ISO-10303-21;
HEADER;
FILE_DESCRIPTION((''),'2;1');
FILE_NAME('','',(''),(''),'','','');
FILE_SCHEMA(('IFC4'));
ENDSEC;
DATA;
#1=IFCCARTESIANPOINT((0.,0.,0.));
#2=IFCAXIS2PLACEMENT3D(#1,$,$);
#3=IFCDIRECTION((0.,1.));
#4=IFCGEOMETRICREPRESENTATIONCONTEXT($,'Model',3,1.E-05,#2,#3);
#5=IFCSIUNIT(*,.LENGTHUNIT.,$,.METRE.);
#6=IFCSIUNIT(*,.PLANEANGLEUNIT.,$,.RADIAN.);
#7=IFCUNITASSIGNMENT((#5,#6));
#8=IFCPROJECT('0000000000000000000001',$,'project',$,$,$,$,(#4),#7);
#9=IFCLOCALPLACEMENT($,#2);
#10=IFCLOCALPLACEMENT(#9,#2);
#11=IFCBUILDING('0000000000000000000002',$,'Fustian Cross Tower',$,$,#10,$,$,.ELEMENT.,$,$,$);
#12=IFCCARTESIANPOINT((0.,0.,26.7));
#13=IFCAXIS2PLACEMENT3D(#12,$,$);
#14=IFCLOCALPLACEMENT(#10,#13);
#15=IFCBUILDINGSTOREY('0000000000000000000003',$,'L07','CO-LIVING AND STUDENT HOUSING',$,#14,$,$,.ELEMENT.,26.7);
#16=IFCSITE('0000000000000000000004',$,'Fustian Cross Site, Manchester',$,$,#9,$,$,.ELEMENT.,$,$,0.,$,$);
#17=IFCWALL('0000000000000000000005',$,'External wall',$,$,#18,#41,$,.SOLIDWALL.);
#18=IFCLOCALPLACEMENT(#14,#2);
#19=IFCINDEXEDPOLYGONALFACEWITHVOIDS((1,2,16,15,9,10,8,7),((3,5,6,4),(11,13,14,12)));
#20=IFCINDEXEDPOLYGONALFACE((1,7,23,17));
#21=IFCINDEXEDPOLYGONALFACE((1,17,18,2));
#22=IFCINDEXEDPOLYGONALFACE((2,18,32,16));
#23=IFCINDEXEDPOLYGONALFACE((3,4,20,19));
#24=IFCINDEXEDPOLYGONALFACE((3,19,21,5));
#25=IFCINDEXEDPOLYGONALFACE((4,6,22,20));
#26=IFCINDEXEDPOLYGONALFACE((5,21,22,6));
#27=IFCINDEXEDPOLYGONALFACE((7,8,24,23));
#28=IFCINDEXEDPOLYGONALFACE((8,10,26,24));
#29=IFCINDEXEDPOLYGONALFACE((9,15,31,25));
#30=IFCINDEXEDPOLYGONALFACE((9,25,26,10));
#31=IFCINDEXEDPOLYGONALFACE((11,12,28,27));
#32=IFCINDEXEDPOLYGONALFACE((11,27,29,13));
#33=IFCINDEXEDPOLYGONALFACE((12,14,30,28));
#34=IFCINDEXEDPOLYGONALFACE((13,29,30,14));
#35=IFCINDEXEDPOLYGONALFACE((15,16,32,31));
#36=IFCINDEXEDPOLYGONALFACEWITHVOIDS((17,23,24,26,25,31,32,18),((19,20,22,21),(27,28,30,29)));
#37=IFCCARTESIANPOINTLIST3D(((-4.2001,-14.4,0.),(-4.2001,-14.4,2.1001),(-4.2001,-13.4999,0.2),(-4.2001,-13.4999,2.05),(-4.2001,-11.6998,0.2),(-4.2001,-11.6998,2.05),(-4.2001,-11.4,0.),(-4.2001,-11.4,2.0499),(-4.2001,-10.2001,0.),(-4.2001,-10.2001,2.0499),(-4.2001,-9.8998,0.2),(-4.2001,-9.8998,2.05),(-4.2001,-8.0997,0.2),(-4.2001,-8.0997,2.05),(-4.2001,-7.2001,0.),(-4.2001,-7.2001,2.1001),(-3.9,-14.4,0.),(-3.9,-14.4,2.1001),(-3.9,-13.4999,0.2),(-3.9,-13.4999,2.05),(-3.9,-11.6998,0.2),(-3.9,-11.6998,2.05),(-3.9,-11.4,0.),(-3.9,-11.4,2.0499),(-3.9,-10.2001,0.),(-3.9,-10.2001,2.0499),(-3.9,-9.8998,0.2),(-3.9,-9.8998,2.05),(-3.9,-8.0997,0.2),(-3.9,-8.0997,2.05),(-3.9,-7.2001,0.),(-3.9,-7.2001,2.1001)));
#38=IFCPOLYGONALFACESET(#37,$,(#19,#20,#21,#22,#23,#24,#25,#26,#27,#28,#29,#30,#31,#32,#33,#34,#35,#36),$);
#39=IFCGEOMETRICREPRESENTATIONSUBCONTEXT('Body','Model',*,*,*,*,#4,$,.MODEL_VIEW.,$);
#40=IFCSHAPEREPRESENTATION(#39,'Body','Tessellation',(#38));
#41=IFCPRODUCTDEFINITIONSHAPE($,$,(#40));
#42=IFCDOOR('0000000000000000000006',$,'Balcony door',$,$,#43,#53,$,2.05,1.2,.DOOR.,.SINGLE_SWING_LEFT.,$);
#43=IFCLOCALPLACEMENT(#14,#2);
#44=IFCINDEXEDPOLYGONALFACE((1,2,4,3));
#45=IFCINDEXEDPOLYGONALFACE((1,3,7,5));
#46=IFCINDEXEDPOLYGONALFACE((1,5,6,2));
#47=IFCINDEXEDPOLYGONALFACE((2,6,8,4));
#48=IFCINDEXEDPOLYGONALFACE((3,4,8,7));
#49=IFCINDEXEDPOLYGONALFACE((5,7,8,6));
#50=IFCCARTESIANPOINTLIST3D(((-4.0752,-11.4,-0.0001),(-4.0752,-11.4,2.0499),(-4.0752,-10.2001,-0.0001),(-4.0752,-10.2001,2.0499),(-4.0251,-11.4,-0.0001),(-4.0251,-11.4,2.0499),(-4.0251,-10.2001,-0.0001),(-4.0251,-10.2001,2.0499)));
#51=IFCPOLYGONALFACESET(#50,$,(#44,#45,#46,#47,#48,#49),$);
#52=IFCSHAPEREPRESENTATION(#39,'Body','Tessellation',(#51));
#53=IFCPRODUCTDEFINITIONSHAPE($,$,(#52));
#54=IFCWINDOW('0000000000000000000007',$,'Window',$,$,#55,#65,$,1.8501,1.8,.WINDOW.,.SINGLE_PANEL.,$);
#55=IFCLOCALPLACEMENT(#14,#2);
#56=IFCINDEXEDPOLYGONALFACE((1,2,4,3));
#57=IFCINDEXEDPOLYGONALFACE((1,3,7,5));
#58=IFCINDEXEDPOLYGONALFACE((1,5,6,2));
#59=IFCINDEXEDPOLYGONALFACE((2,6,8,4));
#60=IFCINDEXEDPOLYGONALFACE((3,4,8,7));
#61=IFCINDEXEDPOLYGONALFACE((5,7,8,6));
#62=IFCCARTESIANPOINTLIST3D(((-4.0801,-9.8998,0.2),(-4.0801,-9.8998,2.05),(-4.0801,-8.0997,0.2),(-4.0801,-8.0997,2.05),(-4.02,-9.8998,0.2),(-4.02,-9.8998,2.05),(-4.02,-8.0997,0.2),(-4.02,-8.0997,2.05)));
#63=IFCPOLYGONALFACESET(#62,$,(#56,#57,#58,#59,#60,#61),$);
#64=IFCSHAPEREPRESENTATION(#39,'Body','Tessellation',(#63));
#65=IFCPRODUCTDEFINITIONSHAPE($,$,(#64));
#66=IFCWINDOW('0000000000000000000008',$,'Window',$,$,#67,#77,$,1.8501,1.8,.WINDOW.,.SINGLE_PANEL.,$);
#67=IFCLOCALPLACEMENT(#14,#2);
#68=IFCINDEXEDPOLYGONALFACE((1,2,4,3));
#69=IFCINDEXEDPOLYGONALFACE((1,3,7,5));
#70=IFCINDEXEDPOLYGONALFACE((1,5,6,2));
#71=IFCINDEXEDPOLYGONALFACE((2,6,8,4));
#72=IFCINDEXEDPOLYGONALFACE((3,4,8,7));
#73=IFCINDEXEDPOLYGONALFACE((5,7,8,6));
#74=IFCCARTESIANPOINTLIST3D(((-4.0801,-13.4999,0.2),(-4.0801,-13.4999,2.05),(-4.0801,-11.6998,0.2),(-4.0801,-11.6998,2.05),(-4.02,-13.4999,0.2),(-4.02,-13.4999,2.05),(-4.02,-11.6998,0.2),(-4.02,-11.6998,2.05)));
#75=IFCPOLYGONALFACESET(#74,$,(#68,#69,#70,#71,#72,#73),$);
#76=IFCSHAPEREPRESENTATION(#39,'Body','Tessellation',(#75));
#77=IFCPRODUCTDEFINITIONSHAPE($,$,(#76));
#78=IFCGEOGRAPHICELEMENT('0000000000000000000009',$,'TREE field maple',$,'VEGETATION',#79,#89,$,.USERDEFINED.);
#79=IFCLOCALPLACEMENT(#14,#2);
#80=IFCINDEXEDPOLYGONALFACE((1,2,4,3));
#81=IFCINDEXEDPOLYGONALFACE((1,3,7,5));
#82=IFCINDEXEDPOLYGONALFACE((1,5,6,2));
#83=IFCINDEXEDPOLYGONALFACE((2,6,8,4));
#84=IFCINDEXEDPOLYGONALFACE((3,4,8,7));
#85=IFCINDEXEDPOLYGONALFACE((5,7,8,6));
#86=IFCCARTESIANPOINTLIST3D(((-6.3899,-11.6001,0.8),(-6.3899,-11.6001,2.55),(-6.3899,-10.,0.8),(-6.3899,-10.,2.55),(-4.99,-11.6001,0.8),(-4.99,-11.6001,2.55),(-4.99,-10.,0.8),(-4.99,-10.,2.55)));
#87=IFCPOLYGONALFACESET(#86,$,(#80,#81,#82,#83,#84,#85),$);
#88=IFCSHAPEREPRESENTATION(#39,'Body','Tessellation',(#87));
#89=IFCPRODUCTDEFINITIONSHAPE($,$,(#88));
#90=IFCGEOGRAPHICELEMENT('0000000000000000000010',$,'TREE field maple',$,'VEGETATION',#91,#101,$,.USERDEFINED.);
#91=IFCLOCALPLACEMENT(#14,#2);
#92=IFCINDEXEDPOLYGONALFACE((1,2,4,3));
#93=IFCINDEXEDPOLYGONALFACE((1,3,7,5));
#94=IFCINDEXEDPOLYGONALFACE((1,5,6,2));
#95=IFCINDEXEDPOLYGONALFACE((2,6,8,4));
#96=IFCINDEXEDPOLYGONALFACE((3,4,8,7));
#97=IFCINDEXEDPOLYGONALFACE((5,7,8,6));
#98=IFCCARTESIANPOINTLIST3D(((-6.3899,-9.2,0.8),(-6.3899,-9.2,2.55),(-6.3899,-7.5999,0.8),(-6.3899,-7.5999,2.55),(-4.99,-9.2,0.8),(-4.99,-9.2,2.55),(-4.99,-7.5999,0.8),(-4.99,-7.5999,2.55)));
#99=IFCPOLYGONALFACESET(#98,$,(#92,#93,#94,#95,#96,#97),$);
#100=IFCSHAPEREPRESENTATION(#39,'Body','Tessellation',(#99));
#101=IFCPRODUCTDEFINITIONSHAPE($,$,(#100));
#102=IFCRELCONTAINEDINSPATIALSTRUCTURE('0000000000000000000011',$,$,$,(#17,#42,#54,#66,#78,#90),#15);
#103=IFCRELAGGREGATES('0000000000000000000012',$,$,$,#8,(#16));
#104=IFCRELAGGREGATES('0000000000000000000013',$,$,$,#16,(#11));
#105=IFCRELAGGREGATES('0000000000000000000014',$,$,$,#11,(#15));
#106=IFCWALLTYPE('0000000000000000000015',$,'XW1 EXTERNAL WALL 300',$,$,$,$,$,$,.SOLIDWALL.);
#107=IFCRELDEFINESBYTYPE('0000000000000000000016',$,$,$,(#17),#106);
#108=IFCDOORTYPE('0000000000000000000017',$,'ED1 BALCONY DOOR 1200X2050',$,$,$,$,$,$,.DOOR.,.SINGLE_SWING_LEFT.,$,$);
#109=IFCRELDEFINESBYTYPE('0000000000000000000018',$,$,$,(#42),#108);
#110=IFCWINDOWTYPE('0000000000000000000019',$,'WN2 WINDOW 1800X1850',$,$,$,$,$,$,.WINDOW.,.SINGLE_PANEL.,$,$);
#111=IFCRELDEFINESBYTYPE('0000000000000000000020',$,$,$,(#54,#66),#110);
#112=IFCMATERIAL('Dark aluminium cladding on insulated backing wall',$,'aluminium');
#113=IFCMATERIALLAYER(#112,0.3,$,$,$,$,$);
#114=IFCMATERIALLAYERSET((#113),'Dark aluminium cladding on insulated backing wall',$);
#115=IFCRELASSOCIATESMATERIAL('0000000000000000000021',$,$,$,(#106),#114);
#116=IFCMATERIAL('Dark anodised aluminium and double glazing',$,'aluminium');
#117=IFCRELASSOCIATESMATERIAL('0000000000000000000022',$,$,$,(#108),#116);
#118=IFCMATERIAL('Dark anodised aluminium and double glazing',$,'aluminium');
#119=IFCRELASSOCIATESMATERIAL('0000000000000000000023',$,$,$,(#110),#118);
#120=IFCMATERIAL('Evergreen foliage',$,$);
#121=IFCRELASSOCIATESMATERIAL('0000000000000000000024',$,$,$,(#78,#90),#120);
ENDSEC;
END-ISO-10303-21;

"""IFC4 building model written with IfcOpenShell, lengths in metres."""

from ifc_helpers import new_model, si_unit, direction, frame, frame_2d, origin, origin_2d, place, context, subcontext, project, spatial, rectangle, extrude, material, layer, layer_set, type_object, element, fill, save


model = new_model("IFC4")

# Units and contexts
model_context = context("Model", 3, precision=1e-05, world=origin(), true_north=direction((0.0, 1.0)))
body_context = subcontext(model_context, "Body", "Model", "MODEL_VIEW")
ifc_project = project(units=[si_unit("LENGTHUNIT", "METRE"), si_unit("PLANEANGLEUNIT", "RADIAN")], contexts=[model_context])

# Site, building, storey
site_placement = place(None, origin())
site = spatial("IfcSite", under=ifc_project, at=site_placement, Name="Fustian Cross Site, Manchester", CompositionType="ELEMENT", RefElevation=0.0)
building_placement = place(site_placement, origin())
building = spatial("IfcBuilding", under=site, at=building_placement, Name="Fustian Cross Tower", CompositionType="ELEMENT")
storey_placement = place(building_placement, frame((0.0, 0.0, 26.7)))
storey = spatial("IfcBuildingStorey", under=building, at=storey_placement, Name="L07", Description="CO-LIVING AND STUDENT HOUSING", CompositionType="ELEMENT", Elevation=26.7)

# Shared definitions
ifc_material_1 = material(Name="Dark aluminium cladding on insulated backing wall", Category="aluminium")
ifc_layer_1 = layer(ifc_material_1, 0.3)
ifc_layer_set_1 = layer_set([ifc_layer_1], Name="Dark aluminium cladding on insulated backing wall")
wall_type_1 = type_object("IfcWallType", Name="XW1 EXTERNAL WALL 300", PredefinedType="SOLIDWALL", material=ifc_layer_set_1)

# Wall, openings, door, windows
wall_1_placement = place(storey_placement, frame((-4.05, -7.2, 0.0), z_axis=(0.0, 0.0, 1.0), x_axis=(0.0, -1.0, 0.0)))
wall_1 = element("IfcWall", 1, at=wall_1_placement, inside=storey, type_object=wall_type_1, Name="External wall", PredefinedType="SOLIDWALL", context=body_context, shape_type="SweptSolid", body=[
    extrude(rectangle(XDim=7.2, YDim=0.3, at=frame_2d((3.6001, 0.0))), origin(), (0.0, 0.0, 1.0), 2.1001),
])
opening_1_placement = place(wall_1_placement, frame((3.0, 0.0, 0.0)))
opening_1 = element("IfcOpeningElement", 2, at=opening_1_placement, cuts=wall_1, PredefinedType="OPENING", context=body_context, shape_type="SweptSolid", body=[
    extrude(rectangle(XDim=1.2, YDim=2.05, at=frame_2d((0.6001, 1.0249))), frame((0.0, 0.1599, 0.0), z_axis=(0.0, -1.0, 0.0), x_axis=(1.0, 0.0, 0.0)), (0.0, 0.0, 1.0), 0.3201),
])
opening_2_placement = place(wall_1_placement, frame((0.8999, 0.0, 0.2)))
opening_2 = element("IfcOpeningElement", 3, at=opening_2_placement, cuts=wall_1, PredefinedType="OPENING", context=body_context, shape_type="SweptSolid", body=[
    extrude(rectangle(XDim=1.8, YDim=1.8501, at=frame_2d((0.8999, 0.925))), frame((0.0, 0.1599, 0.0), z_axis=(0.0, -1.0, 0.0), x_axis=(1.0, 0.0, 0.0)), (0.0, 0.0, 1.0), 0.3201),
])
opening_3_placement = place(wall_1_placement, frame((4.5, 0.0, 0.2)))
opening_3 = element("IfcOpeningElement", 4, at=opening_3_placement, cuts=wall_1, PredefinedType="OPENING", context=body_context, shape_type="SweptSolid", body=[
    extrude(rectangle(XDim=1.8, YDim=1.8501, at=frame_2d((0.8999, 0.925))), frame((0.0, 0.1599, 0.0), z_axis=(0.0, -1.0, 0.0), x_axis=(1.0, 0.0, 0.0)), (0.0, 0.0, 1.0), 0.3201),
])
ifc_material_2 = material(Name="Dark anodised aluminium and double glazing", Category="aluminium")
door_type_1 = type_object("IfcDoorType", Name="ED1 BALCONY DOOR 1200X2050", OperationType="SINGLE_SWING_LEFT", PredefinedType="DOOR", material=ifc_material_2)
door_1_placement = place(opening_1_placement, origin())
door_1 = element("IfcDoor", 5, at=door_1_placement, inside=storey, type_object=door_type_1, Name="Balcony door", OperationType="SINGLE_SWING_LEFT", OverallHeight=2.05, OverallWidth=1.2, PredefinedType="DOOR", context=body_context, shape_type="SweptSolid", body=[
    extrude(rectangle(XDim=1.2, YDim=2.05, at=frame_2d((0.6001, 1.0249))), frame((0.0, 0.0249, 0.0), z_axis=(0.0, -1.0, 0.0), x_axis=(1.0, 0.0, 0.0)), (0.0, 0.0, 1.0), 0.05),
])
fill(opening_1, door_1)
ifc_material_3 = material(Name="Dark anodised aluminium and double glazing", Category="aluminium")
window_type = type_object("IfcWindowType", Name="WN2 WINDOW 1800X1850", PartitioningType="SINGLE_PANEL", PredefinedType="WINDOW", material=ifc_material_3)
window_1_placement = place(opening_2_placement, origin())
window_1 = element("IfcWindow", 6, at=window_1_placement, inside=storey, type_object=window_type, Name="Window", OverallHeight=1.8501, OverallWidth=1.8, PartitioningType="SINGLE_PANEL", PredefinedType="WINDOW", context=body_context, shape_type="SweptSolid", body=[
    extrude(rectangle(XDim=1.8, YDim=1.8501, at=frame_2d((0.8999, 0.925))), frame((0.0, 0.03, 0.0), z_axis=(0.0, -1.0, 0.0), x_axis=(1.0, 0.0, 0.0)), (0.0, 0.0, 1.0), 0.0601),
])
fill(opening_2, window_1)
window_2_placement = place(opening_3_placement, origin())
window_2 = element("IfcWindow", 7, at=window_2_placement, inside=storey, type_object=window_type, Name="Window", OverallHeight=1.8501, OverallWidth=1.8, PartitioningType="SINGLE_PANEL", PredefinedType="WINDOW", context=body_context, shape_type="SweptSolid", body=[
    extrude(rectangle(XDim=1.8, YDim=1.8501, at=frame_2d((0.8999, 0.925))), frame((0.0, 0.03, 0.0), z_axis=(0.0, -1.0, 0.0), x_axis=(1.0, 0.0, 0.0)), (0.0, 0.0, 1.0), 0.0601),
])
fill(opening_3, window_2)

# Geographic elements
ifc_material_4 = material(Name="Evergreen foliage")
for number, where, z_axis, x_axis, name in (
    (8, (-5.6899, -10.8, 0.8), (0.0, 0.0, 1.0), (1.0, 0.0, 0.0), "TREE field maple"),
    (9, (-5.6899, -8.3999, 0.8), (0.0, 0.0, 1.0), (1.0, 0.0, 0.0), "TREE field maple"),
):
    element("IfcGeographicElement", number, at=place(storey_placement, frame(where, z_axis=z_axis, x_axis=x_axis)), inside=storey, material=ifc_material_4, Name=name, ObjectType="VEGETATION", PredefinedType="USERDEFINED", context=body_context, shape_type="SweptSolid", body=[
        extrude(rectangle(XDim=1.3999, YDim=1.6001, at=origin_2d()), origin(), (0.0, 0.0, 1.0), 1.75),
    ])

save(model, "model.ifc")
